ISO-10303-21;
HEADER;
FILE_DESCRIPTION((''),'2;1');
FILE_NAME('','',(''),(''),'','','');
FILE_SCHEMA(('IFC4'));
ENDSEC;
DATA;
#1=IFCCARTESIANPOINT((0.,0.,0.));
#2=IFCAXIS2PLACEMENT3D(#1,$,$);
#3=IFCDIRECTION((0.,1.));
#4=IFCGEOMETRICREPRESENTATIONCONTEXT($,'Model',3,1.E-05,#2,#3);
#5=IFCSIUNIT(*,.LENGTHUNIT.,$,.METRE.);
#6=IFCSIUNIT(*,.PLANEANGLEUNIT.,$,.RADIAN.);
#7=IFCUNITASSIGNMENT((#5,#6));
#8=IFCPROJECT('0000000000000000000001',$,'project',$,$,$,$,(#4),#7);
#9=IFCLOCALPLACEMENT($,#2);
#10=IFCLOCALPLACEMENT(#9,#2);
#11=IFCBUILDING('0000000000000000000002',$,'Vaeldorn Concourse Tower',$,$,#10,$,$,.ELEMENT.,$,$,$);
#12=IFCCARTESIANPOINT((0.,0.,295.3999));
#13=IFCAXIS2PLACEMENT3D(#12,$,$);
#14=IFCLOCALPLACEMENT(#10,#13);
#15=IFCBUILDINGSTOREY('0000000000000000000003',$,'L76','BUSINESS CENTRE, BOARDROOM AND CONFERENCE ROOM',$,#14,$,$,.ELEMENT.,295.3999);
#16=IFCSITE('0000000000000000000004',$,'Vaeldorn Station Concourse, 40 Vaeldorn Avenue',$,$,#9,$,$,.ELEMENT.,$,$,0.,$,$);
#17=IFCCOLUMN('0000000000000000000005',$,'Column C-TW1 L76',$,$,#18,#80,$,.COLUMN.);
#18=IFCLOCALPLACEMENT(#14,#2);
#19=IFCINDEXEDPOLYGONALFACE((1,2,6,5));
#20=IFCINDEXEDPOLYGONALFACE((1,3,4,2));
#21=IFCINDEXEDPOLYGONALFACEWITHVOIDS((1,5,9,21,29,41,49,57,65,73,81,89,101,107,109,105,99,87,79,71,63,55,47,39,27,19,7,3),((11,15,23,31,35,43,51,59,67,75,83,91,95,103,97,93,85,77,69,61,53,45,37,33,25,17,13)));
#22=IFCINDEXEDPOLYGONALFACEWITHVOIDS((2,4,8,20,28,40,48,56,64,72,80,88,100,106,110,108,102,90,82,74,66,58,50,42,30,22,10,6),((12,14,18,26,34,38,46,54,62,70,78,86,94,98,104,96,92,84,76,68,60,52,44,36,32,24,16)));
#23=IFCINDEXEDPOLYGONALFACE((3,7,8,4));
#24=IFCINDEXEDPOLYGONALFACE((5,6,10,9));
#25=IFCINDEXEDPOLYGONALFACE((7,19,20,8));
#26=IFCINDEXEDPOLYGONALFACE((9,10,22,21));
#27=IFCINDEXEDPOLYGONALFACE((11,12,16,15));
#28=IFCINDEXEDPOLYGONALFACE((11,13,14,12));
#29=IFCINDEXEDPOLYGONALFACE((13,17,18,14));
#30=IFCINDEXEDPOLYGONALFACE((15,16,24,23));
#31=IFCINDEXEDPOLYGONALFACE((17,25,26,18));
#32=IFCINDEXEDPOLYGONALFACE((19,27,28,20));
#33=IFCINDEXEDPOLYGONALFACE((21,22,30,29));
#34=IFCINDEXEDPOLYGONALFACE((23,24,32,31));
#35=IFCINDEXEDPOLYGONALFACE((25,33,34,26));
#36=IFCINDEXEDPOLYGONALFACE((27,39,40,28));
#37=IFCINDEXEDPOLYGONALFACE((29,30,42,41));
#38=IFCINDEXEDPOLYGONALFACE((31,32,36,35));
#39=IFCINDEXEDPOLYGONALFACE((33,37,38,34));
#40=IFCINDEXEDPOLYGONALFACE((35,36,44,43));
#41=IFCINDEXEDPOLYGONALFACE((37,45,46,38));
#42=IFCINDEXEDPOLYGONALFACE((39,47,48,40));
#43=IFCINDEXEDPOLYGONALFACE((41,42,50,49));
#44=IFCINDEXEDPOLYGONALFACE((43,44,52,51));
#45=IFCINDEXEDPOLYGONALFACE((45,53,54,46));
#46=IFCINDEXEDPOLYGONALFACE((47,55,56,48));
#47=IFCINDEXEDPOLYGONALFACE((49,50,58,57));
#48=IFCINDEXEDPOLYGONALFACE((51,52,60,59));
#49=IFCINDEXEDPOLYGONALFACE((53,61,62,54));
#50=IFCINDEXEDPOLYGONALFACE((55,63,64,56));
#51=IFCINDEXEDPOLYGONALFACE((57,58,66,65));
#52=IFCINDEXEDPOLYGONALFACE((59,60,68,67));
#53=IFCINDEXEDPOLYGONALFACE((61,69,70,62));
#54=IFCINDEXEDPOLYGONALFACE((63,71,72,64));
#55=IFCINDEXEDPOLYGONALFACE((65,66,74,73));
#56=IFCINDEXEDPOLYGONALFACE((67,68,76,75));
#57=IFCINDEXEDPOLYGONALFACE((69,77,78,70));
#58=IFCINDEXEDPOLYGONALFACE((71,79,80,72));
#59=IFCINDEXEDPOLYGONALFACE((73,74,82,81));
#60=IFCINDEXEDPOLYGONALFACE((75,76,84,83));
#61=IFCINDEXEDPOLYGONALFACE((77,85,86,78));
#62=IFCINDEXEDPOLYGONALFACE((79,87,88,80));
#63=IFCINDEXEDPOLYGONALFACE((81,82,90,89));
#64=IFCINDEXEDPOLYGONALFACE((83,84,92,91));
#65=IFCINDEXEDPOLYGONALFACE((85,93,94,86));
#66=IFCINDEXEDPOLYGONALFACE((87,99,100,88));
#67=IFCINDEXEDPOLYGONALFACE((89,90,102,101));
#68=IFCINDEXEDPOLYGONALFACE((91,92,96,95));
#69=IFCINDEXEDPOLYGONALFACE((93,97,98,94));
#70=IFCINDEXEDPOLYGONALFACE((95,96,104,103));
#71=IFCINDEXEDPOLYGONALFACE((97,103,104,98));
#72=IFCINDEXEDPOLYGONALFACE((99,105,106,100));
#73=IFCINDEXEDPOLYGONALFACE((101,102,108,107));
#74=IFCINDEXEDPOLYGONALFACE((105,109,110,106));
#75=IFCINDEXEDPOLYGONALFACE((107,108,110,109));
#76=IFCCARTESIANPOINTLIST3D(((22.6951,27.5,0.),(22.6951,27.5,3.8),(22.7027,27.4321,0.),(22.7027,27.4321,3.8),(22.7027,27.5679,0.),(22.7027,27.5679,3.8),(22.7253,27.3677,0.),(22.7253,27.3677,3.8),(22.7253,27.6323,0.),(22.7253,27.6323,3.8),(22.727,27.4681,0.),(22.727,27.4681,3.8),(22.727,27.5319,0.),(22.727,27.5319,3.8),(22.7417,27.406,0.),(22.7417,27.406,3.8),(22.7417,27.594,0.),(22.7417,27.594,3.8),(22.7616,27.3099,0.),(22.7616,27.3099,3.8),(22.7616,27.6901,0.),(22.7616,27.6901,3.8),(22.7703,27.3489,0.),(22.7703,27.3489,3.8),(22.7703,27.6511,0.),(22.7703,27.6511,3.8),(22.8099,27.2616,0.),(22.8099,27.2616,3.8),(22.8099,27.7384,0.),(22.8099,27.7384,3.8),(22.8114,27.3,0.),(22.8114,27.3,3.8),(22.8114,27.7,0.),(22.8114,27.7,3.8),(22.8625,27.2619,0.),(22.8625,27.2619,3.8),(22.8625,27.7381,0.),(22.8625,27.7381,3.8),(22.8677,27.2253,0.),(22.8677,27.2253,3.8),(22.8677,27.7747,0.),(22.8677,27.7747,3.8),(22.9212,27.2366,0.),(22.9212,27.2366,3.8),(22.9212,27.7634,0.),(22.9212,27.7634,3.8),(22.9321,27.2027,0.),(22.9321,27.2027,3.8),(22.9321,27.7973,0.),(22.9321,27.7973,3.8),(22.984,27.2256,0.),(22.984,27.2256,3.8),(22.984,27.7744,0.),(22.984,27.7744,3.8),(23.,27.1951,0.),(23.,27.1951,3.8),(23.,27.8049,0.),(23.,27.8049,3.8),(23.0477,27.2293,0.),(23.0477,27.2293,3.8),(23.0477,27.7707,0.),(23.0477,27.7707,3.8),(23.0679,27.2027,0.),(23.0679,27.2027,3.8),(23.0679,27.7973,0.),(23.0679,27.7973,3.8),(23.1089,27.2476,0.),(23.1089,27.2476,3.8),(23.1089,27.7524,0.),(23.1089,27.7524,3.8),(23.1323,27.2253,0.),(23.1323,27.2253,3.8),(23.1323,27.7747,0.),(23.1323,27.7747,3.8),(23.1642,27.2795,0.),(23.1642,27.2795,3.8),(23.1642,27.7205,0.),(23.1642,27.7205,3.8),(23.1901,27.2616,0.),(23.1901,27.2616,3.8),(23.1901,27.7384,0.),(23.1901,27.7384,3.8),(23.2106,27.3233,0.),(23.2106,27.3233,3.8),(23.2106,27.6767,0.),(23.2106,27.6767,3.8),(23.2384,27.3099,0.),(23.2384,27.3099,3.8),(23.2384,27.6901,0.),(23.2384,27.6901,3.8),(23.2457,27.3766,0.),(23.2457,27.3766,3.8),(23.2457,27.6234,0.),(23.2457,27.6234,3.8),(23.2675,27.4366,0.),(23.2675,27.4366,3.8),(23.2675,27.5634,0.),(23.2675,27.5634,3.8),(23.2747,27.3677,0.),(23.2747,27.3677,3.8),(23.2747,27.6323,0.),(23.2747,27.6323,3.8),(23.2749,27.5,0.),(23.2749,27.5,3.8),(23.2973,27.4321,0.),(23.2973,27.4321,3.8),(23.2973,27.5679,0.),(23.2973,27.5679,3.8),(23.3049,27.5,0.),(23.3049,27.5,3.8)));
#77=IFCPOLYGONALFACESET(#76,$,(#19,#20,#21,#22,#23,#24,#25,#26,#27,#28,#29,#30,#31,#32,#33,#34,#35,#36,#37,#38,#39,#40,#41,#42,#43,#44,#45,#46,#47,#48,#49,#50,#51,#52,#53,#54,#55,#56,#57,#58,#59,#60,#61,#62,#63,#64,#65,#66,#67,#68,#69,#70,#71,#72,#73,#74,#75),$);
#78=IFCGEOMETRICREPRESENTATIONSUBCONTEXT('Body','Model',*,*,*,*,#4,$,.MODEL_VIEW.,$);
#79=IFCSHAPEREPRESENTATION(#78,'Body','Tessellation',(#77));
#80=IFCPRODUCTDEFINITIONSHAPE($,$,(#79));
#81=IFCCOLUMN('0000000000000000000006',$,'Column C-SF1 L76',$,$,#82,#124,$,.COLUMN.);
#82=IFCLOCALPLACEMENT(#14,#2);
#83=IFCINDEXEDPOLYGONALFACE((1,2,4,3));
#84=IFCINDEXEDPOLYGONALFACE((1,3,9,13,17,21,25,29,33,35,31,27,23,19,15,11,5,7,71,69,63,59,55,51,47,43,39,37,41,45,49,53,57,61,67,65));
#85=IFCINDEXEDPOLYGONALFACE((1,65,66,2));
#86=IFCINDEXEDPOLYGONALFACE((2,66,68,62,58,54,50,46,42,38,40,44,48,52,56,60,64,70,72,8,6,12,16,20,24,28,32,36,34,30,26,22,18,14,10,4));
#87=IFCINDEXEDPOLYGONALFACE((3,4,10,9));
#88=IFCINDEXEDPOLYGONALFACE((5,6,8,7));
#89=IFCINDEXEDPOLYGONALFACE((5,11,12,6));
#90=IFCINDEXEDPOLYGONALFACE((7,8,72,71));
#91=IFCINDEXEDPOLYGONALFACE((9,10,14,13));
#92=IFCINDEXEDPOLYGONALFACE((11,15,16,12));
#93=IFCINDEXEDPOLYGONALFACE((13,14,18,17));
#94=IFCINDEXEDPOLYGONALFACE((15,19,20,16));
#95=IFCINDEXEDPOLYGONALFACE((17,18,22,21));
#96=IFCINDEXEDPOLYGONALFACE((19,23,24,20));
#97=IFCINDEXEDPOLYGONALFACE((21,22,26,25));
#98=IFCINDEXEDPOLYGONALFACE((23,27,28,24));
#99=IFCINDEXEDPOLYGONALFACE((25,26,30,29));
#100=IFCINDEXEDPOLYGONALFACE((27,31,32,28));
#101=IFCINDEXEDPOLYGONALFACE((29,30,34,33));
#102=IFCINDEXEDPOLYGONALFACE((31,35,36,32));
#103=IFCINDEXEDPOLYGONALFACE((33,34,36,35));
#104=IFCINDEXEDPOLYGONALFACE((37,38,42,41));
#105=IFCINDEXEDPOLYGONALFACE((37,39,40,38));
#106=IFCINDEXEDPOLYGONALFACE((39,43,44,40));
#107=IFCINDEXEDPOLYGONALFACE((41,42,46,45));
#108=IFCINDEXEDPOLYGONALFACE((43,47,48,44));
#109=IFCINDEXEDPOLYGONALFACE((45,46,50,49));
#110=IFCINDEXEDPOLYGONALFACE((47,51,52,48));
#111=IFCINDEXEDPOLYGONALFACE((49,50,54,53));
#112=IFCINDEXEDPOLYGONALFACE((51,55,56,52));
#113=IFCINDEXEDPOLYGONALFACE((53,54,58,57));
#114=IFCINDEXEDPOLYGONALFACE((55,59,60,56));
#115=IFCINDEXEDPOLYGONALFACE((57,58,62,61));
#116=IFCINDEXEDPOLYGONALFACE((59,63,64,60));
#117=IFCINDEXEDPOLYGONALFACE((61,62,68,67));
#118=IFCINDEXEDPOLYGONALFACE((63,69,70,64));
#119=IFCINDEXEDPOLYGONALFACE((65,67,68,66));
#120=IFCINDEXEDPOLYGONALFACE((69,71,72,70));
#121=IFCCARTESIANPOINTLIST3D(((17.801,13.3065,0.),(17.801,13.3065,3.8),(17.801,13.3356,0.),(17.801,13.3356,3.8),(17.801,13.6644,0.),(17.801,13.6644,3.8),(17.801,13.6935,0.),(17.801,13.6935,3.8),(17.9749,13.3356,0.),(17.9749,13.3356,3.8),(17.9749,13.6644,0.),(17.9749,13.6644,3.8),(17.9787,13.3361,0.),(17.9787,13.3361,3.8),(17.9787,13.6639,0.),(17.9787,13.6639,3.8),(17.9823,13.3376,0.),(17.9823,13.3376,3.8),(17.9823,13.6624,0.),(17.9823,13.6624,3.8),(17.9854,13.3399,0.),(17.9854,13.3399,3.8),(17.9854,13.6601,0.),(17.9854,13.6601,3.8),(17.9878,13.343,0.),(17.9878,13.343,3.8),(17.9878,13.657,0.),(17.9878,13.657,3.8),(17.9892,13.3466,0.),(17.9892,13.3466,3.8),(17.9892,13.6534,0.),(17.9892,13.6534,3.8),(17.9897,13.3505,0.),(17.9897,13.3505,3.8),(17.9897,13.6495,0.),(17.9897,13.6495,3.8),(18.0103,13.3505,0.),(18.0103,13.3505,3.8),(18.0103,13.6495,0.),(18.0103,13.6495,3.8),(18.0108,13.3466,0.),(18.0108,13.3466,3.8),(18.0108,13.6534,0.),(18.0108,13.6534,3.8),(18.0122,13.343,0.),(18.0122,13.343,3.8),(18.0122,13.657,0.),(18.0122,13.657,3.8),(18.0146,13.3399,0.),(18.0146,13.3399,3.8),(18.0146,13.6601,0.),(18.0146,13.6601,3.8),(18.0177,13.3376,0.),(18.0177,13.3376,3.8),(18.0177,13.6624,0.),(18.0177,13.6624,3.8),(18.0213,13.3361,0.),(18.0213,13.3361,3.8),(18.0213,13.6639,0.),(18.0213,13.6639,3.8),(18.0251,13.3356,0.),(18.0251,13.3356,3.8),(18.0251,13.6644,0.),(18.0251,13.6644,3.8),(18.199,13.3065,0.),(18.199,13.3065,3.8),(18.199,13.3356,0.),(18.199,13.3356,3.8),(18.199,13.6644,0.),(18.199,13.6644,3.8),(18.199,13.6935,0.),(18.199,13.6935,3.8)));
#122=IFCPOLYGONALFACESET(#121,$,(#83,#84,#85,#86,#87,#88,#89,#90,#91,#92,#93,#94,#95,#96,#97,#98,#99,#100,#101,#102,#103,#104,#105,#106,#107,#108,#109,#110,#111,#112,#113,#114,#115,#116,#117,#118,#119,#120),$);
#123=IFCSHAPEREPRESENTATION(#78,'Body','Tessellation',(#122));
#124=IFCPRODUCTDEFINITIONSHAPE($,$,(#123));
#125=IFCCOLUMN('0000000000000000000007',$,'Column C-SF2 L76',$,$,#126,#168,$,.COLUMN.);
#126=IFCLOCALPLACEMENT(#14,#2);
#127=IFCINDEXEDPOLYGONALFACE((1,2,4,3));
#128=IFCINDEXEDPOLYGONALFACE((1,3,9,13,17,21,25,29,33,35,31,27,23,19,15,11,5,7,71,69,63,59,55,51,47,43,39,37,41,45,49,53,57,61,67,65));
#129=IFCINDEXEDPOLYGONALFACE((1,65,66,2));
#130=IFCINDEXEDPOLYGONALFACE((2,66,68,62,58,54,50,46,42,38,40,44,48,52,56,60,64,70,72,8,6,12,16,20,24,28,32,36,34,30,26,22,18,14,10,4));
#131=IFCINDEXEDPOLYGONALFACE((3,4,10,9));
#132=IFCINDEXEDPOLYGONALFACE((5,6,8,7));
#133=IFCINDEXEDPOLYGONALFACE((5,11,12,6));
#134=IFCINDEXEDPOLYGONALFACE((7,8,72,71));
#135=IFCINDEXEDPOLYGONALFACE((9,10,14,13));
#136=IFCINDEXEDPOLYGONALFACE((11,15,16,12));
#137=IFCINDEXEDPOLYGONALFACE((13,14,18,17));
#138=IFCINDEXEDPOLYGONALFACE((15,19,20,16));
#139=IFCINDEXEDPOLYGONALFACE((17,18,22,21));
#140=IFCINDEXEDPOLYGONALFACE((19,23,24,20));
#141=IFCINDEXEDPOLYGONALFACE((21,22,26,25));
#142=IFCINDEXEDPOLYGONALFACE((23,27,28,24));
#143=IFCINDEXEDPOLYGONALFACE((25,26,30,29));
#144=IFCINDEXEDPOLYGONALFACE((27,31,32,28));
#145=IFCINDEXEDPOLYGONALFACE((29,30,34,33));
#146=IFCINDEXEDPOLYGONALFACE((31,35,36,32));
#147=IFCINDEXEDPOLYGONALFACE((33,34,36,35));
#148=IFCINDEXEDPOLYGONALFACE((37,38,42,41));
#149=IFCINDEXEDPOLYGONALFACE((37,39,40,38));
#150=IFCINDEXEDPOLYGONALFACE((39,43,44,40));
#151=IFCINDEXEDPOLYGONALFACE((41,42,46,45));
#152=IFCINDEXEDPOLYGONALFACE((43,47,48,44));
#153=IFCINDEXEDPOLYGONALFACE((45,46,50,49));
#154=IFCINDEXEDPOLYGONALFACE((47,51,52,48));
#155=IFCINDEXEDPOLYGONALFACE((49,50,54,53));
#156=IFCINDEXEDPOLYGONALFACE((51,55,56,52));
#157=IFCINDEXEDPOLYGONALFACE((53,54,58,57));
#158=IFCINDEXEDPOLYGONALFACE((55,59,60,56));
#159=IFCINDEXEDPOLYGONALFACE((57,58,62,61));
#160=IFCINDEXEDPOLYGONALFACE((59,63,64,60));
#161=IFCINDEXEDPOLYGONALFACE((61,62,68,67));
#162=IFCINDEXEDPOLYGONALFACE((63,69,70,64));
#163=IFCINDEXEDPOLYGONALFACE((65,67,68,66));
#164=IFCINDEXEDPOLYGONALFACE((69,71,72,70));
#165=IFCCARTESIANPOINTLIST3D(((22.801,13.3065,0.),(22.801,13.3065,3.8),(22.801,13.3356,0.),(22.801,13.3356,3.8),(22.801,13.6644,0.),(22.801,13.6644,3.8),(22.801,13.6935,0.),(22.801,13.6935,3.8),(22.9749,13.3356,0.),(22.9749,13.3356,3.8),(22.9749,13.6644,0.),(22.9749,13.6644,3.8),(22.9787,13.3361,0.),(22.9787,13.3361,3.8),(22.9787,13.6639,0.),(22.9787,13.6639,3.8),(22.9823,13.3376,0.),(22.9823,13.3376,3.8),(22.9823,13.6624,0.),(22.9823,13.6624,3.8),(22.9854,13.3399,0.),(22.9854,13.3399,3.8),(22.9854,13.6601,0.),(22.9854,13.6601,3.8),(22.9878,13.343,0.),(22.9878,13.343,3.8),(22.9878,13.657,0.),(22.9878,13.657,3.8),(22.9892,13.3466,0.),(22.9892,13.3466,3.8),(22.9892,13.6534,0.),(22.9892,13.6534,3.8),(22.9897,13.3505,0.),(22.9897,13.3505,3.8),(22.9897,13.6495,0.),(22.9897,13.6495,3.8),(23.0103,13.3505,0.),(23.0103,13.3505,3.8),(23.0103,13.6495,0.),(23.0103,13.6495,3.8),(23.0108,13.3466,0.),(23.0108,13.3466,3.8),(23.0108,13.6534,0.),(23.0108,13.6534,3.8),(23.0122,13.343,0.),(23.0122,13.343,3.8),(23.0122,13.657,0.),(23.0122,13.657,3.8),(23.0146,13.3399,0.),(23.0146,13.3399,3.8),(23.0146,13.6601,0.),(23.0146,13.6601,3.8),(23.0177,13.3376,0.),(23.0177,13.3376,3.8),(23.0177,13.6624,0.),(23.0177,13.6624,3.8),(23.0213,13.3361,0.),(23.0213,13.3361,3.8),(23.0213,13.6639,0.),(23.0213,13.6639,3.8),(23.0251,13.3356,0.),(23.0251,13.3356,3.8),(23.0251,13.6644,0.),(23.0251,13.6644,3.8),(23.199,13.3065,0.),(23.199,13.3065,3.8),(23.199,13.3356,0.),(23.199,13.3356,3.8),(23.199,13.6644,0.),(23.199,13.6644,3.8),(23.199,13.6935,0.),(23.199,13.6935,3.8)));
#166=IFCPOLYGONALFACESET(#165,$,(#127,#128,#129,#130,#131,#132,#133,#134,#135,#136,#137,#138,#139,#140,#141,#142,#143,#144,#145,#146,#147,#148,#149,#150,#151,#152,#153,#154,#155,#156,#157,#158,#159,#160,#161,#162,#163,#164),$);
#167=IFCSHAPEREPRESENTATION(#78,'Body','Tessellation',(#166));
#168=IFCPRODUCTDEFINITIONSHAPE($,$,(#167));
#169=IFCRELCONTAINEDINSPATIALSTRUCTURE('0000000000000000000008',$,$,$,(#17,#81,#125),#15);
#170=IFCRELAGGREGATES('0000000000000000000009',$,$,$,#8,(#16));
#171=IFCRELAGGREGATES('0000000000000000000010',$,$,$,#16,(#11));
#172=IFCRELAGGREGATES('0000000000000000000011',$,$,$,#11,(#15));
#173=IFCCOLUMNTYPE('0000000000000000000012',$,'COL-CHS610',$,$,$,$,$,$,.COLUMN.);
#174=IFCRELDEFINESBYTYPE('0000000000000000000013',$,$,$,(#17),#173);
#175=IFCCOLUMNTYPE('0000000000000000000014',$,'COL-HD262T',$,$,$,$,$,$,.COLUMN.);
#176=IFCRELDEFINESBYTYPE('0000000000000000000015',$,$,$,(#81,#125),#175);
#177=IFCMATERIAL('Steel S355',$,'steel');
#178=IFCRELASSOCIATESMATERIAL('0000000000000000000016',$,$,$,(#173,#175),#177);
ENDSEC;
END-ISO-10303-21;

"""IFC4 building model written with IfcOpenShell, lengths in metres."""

from ifc_helpers import new_model, si_unit, direction, frame, origin, origin_2d, place, context, subcontext, project, spatial, hollow_circle, i_section, extrude, source, transform, mapped, material, material_profile, profile_set, type_object, element, save


model = new_model("IFC4")

# Units and contexts
model_context = context("Model", 3, precision=1e-05, world=origin(), true_north=direction((0.0, 1.0)))
body_context = subcontext(model_context, "Body", "Model", "MODEL_VIEW")
ifc_project = project(units=[si_unit("LENGTHUNIT", "METRE"), si_unit("PLANEANGLEUNIT", "RADIAN")], contexts=[model_context])

# Site, building, storey
site_placement = place(None, origin())
site = spatial("IfcSite", under=ifc_project, at=site_placement, Name="Vaeldorn Station Concourse, 40 Vaeldorn Avenue", CompositionType="ELEMENT", RefElevation=0.0)
building_placement = place(site_placement, origin())
building = spatial("IfcBuilding", under=site, at=building_placement, Name="Vaeldorn Concourse Tower", CompositionType="ELEMENT")
storey_placement = place(building_placement, frame((0.0, 0.0, 295.3999)))
storey = spatial("IfcBuildingStorey", under=building, at=storey_placement, Name="L76", Description="BUSINESS CENTRE, BOARDROOM AND CONFERENCE ROOM", CompositionType="ELEMENT", Elevation=295.3999)

# Columns
ifc_material_1 = material(Name="Steel S355", Category="steel")
ifc_material_profile_1 = material_profile(ifc_material_1, hollow_circle(Radius=0.3049, WallThickness=0.03, at=origin_2d()), Name="CHS 610x30")
ifc_profile_set_1 = profile_set([ifc_material_profile_1], Name="Steel S355")
column_type_1 = type_object("IfcColumnType", Name="COL-CHS610", PredefinedType="COLUMN", material=ifc_profile_set_1)
shared_shape_1 = source(origin(), body_context, "Body", "SweptSolid", [
    extrude(hollow_circle(Radius=0.3049, WallThickness=0.03, at=origin_2d()), origin(), (0.0, 0.0, 1.0), 3.8),
])
column_placement = place(storey_placement, frame((23.0, 27.5, 0.0), z_axis=(0.0, 0.0, 1.0), x_axis=(1.0, 0.0, 0.0)))
element("IfcColumn", 1, at=column_placement, inside=storey, type_object=column_type_1, Name="Column C-TW1 L76", PredefinedType="COLUMN", context=body_context, shape_type="MappedRepresentation", body=[
    mapped(shared_shape_1, transform((0.0, 0.0, 0.0), scale=1.0)),
])
ifc_material_profile_2 = material_profile(ifc_material_1, i_section(OverallWidth=0.3979, OverallDepth=0.387, WebThickness=0.0205, FlangeThickness=0.0291, FilletRadius=0.0149, at=origin_2d()), Name="HD 400x262")
ifc_profile_set_2 = profile_set([ifc_material_profile_2], Name="Steel S355")
column_type_2 = type_object("IfcColumnType", Name="COL-HD262T", PredefinedType="COLUMN", material=ifc_profile_set_2)
shared_shape_2 = source(origin(), body_context, "Body", "SweptSolid", [
    extrude(i_section(OverallWidth=0.3979, OverallDepth=0.387, WebThickness=0.0205, FlangeThickness=0.0291, FilletRadius=0.0149, at=origin_2d()), origin(), (0.0, 0.0, 1.0), 3.8),
])
for number, where, z_axis, x_axis, name in (
    (2, (18.0, 13.5, 0.0), (0.0, 0.0, 1.0), (1.0, 0.0, 0.0), "Column C-SF1 L76"),
    (3, (23.0, 13.5, 0.0), (0.0, 0.0, 1.0), (1.0, 0.0, 0.0), "Column C-SF2 L76"),
):
    element("IfcColumn", number, at=place(storey_placement, frame(where, z_axis=z_axis, x_axis=x_axis)), inside=storey, type_object=column_type_2, Name=name, PredefinedType="COLUMN", context=body_context, shape_type="MappedRepresentation", body=[
        mapped(shared_shape_2, transform((0.0, 0.0, 0.0), scale=1.0)),
    ])

save(model, "model.ifc")
